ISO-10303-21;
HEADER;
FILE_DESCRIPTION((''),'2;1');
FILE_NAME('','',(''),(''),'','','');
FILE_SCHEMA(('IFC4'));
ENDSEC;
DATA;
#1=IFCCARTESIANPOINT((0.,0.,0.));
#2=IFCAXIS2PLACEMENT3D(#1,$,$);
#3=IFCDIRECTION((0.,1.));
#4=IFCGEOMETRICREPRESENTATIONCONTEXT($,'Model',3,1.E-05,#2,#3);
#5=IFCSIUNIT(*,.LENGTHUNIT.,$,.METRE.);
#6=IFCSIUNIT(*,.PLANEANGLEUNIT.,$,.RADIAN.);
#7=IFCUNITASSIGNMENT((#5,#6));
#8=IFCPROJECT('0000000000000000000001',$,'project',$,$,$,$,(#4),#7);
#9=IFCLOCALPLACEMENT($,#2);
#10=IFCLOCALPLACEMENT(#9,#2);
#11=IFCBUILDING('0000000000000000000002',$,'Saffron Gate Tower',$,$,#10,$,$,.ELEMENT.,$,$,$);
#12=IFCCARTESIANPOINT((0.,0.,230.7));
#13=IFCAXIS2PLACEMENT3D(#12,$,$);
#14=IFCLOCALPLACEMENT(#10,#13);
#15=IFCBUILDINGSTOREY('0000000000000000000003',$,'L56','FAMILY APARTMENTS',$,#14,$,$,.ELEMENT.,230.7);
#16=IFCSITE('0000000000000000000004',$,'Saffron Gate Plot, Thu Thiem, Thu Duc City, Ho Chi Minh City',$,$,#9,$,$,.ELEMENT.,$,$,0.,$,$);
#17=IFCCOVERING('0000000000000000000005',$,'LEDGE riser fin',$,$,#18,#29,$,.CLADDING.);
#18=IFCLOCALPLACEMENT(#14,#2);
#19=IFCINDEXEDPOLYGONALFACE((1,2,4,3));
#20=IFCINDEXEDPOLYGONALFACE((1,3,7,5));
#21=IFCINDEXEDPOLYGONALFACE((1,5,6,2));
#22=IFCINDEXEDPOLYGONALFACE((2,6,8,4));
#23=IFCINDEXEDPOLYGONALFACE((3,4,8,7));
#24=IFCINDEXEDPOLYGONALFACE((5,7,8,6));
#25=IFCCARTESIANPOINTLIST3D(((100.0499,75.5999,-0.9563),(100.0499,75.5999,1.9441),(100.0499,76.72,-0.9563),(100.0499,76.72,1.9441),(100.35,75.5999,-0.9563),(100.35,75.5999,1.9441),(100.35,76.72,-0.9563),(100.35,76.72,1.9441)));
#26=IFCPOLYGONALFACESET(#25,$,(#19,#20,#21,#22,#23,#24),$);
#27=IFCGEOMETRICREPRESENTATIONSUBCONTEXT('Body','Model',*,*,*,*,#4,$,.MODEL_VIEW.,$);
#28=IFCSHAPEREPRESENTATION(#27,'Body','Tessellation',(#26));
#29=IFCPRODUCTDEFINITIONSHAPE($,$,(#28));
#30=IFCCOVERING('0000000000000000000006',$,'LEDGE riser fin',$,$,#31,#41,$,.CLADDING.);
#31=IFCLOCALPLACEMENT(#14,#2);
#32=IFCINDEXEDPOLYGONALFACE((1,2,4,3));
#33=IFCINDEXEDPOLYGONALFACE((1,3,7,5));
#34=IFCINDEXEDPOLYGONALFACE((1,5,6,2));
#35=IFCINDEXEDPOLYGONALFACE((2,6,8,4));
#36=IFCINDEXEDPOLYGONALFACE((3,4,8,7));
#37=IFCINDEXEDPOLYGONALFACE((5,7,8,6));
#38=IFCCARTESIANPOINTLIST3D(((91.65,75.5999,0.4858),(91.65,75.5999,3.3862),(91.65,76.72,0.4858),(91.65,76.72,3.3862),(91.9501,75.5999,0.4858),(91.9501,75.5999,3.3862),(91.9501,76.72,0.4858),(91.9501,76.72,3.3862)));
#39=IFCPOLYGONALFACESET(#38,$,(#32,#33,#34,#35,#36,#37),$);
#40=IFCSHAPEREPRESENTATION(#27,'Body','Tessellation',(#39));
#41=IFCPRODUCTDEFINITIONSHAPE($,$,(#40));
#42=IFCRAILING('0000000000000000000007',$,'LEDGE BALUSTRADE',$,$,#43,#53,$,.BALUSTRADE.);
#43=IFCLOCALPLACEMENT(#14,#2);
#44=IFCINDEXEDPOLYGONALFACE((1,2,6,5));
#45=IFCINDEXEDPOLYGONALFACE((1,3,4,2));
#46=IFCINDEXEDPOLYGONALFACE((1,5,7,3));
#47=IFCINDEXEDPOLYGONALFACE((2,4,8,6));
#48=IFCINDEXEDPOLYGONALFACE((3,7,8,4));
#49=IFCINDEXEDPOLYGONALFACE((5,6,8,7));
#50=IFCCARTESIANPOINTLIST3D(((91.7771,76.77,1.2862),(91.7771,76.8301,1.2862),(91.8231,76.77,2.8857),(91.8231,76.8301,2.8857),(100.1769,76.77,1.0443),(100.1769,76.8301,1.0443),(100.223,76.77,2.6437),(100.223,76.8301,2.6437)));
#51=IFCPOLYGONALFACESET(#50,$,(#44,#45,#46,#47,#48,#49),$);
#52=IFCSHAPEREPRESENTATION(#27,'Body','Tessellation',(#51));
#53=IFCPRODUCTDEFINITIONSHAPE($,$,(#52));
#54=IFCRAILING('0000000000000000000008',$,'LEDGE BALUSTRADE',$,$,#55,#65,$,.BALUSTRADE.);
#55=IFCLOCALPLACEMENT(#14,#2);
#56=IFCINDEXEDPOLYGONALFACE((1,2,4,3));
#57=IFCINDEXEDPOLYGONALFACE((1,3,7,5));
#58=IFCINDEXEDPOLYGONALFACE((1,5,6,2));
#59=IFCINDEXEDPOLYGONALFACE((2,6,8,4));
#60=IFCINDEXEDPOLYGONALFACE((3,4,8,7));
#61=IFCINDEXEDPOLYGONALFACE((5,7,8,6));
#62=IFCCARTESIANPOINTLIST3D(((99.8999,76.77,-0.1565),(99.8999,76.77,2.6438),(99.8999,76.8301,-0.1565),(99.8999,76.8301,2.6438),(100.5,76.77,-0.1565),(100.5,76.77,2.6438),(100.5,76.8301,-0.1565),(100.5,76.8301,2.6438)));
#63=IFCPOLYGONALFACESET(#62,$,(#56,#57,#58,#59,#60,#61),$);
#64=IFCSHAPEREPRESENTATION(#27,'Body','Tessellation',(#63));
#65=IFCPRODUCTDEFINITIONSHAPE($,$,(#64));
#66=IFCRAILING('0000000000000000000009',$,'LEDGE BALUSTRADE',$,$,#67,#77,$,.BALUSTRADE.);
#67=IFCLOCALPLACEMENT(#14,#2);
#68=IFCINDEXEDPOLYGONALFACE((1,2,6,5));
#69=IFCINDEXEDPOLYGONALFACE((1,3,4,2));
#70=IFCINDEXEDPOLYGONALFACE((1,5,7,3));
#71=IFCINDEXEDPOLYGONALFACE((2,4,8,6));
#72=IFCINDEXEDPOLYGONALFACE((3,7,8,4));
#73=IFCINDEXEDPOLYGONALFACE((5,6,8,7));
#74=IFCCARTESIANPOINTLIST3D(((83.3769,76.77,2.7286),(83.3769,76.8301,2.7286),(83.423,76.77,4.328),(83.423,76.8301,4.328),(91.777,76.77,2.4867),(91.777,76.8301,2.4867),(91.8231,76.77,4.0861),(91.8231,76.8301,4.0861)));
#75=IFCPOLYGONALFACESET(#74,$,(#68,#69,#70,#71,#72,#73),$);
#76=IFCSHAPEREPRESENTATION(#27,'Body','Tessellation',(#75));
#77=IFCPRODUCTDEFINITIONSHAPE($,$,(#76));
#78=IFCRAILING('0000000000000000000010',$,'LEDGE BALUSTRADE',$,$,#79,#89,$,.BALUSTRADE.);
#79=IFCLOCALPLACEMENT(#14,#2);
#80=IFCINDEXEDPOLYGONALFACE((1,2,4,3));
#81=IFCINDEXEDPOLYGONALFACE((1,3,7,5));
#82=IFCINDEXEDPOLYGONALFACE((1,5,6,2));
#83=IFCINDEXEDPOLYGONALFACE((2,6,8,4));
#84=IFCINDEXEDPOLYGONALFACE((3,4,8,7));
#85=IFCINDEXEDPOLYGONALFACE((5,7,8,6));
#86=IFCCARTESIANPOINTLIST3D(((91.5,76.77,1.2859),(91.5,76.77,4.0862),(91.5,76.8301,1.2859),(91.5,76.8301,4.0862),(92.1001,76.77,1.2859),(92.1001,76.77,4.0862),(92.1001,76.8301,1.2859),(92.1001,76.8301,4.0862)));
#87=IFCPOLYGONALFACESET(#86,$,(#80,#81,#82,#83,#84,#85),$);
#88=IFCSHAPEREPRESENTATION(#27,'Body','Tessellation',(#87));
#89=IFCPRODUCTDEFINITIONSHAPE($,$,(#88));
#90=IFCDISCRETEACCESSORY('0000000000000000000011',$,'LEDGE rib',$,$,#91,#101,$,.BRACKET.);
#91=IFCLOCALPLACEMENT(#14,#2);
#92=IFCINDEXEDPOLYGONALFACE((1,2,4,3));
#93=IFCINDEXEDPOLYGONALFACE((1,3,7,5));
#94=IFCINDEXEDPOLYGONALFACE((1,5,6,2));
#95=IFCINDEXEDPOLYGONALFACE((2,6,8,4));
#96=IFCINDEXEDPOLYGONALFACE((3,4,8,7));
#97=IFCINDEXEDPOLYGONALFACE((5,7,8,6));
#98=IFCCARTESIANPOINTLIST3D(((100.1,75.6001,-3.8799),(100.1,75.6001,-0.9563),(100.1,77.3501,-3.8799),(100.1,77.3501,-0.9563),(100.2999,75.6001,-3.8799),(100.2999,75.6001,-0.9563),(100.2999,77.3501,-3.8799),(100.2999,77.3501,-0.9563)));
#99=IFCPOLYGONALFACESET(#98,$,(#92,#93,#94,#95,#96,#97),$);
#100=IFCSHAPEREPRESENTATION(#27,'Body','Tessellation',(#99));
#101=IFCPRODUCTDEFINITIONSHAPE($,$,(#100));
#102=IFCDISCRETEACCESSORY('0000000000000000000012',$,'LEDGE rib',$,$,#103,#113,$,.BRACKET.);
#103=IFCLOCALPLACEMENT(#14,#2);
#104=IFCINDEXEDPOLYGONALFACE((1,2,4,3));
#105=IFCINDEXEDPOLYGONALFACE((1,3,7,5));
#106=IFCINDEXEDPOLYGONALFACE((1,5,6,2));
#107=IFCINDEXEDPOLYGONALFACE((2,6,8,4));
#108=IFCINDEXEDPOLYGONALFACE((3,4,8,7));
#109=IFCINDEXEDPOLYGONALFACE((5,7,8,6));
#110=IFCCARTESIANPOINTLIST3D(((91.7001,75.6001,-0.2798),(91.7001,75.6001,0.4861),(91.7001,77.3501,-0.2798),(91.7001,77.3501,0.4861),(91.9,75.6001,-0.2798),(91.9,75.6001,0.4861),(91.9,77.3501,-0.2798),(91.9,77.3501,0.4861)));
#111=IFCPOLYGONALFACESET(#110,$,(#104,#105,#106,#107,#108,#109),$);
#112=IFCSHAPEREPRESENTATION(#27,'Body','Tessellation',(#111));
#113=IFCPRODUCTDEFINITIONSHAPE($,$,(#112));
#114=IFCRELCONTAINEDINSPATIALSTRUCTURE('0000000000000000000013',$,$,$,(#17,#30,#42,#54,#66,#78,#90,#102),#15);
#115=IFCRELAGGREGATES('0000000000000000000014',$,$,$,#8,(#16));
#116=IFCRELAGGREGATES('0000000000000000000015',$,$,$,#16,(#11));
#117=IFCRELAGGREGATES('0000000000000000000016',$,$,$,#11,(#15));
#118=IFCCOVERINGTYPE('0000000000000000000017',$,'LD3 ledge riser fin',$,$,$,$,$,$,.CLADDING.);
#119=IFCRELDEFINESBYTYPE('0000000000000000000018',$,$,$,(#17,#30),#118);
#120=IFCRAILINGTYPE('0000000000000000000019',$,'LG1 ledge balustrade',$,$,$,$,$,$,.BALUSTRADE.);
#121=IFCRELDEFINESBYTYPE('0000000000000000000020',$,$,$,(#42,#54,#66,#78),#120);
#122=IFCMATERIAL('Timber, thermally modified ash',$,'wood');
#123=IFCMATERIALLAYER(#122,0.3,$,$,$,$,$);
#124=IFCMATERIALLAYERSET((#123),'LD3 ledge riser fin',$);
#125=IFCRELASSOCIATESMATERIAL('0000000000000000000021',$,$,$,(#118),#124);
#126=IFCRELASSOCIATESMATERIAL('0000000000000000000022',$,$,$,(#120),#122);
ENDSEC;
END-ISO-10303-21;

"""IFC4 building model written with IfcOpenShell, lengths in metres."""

from ifc_helpers import new_model, si_unit, direction, frame, origin, origin_2d, place, context, subcontext, project, spatial, rectangle, extrude, material, layer, layer_set, type_object, element, save


model = new_model("IFC4")

# Units and contexts
model_context = context("Model", 3, precision=1e-05, world=origin(), true_north=direction((0.0, 1.0)))
body_context = subcontext(model_context, "Body", "Model", "MODEL_VIEW")
ifc_project = project(units=[si_unit("LENGTHUNIT", "METRE"), si_unit("PLANEANGLEUNIT", "RADIAN")], contexts=[model_context])

# Site, building, storey
site_placement = place(None, origin())
site = spatial("IfcSite", under=ifc_project, at=site_placement, Name="Saffron Gate Plot, Thu Thiem, Thu Duc City, Ho Chi Minh City", CompositionType="ELEMENT", RefElevation=0.0)
building_placement = place(site_placement, origin())
building = spatial("IfcBuilding", under=site, at=building_placement, Name="Saffron Gate Tower", CompositionType="ELEMENT")
storey_placement = place(building_placement, frame((0.0, 0.0, 230.7)))
storey = spatial("IfcBuildingStorey", under=building, at=storey_placement, Name="L56", Description="FAMILY APARTMENTS", CompositionType="ELEMENT", Elevation=230.7)

# Coverings
ifc_material_1 = material(Name="Timber, thermally modified ash", Category="wood")
ifc_layer_1 = layer(ifc_material_1, 0.3)
ifc_layer_set_1 = layer_set([ifc_layer_1], Name="LD3 ledge riser fin")
covering_type_1 = type_object("IfcCoveringType", Name="LD3 ledge riser fin", PredefinedType="CLADDING", material=ifc_layer_set_1)
for number, where, z_axis, x_axis, name in (
    (1, (100.2, 76.1599, -0.9563), (0.0, 0.0, 1.0), (-1.0, 0.0, 0.0), "LEDGE riser fin"),
    (2, (91.8, 76.1599, 0.4858), (0.0, 0.0, 1.0), (-1.0, 0.0, 0.0), "LEDGE riser fin"),
):
    element("IfcCovering", number, at=place(storey_placement, frame(where, z_axis=z_axis, x_axis=x_axis)), inside=storey, type_object=covering_type_1, Name=name, PredefinedType="CLADDING", context=body_context, shape_type="SweptSolid", body=[
        extrude(rectangle(XDim=0.3, YDim=1.1201, at=origin_2d()), origin(), (0.0, 0.0, 1.0), 2.9004),
    ])

# Railings
railing_type_1 = type_object("IfcRailingType", Name="LG1 ledge balustrade", PredefinedType="BALUSTRADE", material=ifc_material_1)
railing_1_placement = place(storey_placement, frame((100.2, 76.8, 1.0439)))
element("IfcRailing", 3, at=railing_1_placement, inside=storey, type_object=railing_type_1, Name="LEDGE BALUSTRADE", PredefinedType="BALUSTRADE", context=body_context, shape_type="SweptSolid", body=[
    extrude(rectangle(XDim=0.0601, YDim=1.6001, at=origin_2d()), frame((0.0, 0.0, 0.8), z_axis=(-0.999585, 0.0, 0.028791), x_axis=(0.0, -1.0, 0.0)), (0.0, 0.0, 1.0), 8.4033),
])
railing_2_placement = place(storey_placement, frame((100.5, 76.8, -0.1565)))
element("IfcRailing", 4, at=railing_2_placement, inside=storey, type_object=railing_type_1, Name="LEDGE BALUSTRADE", PredefinedType="BALUSTRADE", context=body_context, shape_type="SweptSolid", body=[
    extrude(rectangle(XDim=0.0601, YDim=2.8003, at=origin_2d()), frame((0.0, 0.0, 1.4001), z_axis=(-1.0, 0.0, 0.0), x_axis=(0.0, -1.0, 0.0)), (0.0, 0.0, 1.0), 0.6001),
])
railing_3_placement = place(storey_placement, frame((91.8, 76.8, 2.4863)))
element("IfcRailing", 5, at=railing_3_placement, inside=storey, type_object=railing_type_1, Name="LEDGE BALUSTRADE", PredefinedType="BALUSTRADE", context=body_context, shape_type="SweptSolid", body=[
    extrude(rectangle(XDim=0.0601, YDim=1.6001, at=origin_2d()), frame((0.0, 0.0, 0.8), z_axis=(-0.999585, 0.0, 0.02879), x_axis=(0.0, -1.0, 0.0)), (0.0, 0.0, 1.0), 8.4036),
])
railing_4_placement = place(storey_placement, frame((92.1001, 76.8, 1.2859)))
element("IfcRailing", 6, at=railing_4_placement, inside=storey, type_object=railing_type_1, Name="LEDGE BALUSTRADE", PredefinedType="BALUSTRADE", context=body_context, shape_type="SweptSolid", body=[
    extrude(rectangle(XDim=0.0601, YDim=2.8003, at=origin_2d()), frame((0.0, 0.0, 1.4001), z_axis=(-1.0, 0.0, 0.0), x_axis=(0.0, -1.0, 0.0)), (0.0, 0.0, 1.0), 0.6001),
])

# Discrete accessories
discrete_accessory_1_placement = place(storey_placement, frame((100.2, 76.4751, -3.8799), z_axis=(0.0, 0.0, 1.0), x_axis=(-1.0, 0.0, 0.0)))
element("IfcDiscreteAccessory", 7, at=discrete_accessory_1_placement, inside=storey, Name="LEDGE rib", PredefinedType="BRACKET", context=body_context, shape_type="SweptSolid", body=[
    extrude(rectangle(XDim=0.2, YDim=1.75, at=origin_2d()), origin(), (0.0, 0.0, 1.0), 2.9236),
])
discrete_accessory_2_placement = place(storey_placement, frame((91.8, 76.4751, -0.2798), z_axis=(0.0, 0.0, 1.0), x_axis=(-1.0, 0.0, 0.0)))
element("IfcDiscreteAccessory", 8, at=discrete_accessory_2_placement, inside=storey, Name="LEDGE rib", PredefinedType="BRACKET", context=body_context, shape_type="SweptSolid", body=[
    extrude(rectangle(XDim=0.2, YDim=1.75, at=origin_2d()), origin(), (0.0, 0.0, 1.0), 0.7659),
])

save(model, "model.ifc")
